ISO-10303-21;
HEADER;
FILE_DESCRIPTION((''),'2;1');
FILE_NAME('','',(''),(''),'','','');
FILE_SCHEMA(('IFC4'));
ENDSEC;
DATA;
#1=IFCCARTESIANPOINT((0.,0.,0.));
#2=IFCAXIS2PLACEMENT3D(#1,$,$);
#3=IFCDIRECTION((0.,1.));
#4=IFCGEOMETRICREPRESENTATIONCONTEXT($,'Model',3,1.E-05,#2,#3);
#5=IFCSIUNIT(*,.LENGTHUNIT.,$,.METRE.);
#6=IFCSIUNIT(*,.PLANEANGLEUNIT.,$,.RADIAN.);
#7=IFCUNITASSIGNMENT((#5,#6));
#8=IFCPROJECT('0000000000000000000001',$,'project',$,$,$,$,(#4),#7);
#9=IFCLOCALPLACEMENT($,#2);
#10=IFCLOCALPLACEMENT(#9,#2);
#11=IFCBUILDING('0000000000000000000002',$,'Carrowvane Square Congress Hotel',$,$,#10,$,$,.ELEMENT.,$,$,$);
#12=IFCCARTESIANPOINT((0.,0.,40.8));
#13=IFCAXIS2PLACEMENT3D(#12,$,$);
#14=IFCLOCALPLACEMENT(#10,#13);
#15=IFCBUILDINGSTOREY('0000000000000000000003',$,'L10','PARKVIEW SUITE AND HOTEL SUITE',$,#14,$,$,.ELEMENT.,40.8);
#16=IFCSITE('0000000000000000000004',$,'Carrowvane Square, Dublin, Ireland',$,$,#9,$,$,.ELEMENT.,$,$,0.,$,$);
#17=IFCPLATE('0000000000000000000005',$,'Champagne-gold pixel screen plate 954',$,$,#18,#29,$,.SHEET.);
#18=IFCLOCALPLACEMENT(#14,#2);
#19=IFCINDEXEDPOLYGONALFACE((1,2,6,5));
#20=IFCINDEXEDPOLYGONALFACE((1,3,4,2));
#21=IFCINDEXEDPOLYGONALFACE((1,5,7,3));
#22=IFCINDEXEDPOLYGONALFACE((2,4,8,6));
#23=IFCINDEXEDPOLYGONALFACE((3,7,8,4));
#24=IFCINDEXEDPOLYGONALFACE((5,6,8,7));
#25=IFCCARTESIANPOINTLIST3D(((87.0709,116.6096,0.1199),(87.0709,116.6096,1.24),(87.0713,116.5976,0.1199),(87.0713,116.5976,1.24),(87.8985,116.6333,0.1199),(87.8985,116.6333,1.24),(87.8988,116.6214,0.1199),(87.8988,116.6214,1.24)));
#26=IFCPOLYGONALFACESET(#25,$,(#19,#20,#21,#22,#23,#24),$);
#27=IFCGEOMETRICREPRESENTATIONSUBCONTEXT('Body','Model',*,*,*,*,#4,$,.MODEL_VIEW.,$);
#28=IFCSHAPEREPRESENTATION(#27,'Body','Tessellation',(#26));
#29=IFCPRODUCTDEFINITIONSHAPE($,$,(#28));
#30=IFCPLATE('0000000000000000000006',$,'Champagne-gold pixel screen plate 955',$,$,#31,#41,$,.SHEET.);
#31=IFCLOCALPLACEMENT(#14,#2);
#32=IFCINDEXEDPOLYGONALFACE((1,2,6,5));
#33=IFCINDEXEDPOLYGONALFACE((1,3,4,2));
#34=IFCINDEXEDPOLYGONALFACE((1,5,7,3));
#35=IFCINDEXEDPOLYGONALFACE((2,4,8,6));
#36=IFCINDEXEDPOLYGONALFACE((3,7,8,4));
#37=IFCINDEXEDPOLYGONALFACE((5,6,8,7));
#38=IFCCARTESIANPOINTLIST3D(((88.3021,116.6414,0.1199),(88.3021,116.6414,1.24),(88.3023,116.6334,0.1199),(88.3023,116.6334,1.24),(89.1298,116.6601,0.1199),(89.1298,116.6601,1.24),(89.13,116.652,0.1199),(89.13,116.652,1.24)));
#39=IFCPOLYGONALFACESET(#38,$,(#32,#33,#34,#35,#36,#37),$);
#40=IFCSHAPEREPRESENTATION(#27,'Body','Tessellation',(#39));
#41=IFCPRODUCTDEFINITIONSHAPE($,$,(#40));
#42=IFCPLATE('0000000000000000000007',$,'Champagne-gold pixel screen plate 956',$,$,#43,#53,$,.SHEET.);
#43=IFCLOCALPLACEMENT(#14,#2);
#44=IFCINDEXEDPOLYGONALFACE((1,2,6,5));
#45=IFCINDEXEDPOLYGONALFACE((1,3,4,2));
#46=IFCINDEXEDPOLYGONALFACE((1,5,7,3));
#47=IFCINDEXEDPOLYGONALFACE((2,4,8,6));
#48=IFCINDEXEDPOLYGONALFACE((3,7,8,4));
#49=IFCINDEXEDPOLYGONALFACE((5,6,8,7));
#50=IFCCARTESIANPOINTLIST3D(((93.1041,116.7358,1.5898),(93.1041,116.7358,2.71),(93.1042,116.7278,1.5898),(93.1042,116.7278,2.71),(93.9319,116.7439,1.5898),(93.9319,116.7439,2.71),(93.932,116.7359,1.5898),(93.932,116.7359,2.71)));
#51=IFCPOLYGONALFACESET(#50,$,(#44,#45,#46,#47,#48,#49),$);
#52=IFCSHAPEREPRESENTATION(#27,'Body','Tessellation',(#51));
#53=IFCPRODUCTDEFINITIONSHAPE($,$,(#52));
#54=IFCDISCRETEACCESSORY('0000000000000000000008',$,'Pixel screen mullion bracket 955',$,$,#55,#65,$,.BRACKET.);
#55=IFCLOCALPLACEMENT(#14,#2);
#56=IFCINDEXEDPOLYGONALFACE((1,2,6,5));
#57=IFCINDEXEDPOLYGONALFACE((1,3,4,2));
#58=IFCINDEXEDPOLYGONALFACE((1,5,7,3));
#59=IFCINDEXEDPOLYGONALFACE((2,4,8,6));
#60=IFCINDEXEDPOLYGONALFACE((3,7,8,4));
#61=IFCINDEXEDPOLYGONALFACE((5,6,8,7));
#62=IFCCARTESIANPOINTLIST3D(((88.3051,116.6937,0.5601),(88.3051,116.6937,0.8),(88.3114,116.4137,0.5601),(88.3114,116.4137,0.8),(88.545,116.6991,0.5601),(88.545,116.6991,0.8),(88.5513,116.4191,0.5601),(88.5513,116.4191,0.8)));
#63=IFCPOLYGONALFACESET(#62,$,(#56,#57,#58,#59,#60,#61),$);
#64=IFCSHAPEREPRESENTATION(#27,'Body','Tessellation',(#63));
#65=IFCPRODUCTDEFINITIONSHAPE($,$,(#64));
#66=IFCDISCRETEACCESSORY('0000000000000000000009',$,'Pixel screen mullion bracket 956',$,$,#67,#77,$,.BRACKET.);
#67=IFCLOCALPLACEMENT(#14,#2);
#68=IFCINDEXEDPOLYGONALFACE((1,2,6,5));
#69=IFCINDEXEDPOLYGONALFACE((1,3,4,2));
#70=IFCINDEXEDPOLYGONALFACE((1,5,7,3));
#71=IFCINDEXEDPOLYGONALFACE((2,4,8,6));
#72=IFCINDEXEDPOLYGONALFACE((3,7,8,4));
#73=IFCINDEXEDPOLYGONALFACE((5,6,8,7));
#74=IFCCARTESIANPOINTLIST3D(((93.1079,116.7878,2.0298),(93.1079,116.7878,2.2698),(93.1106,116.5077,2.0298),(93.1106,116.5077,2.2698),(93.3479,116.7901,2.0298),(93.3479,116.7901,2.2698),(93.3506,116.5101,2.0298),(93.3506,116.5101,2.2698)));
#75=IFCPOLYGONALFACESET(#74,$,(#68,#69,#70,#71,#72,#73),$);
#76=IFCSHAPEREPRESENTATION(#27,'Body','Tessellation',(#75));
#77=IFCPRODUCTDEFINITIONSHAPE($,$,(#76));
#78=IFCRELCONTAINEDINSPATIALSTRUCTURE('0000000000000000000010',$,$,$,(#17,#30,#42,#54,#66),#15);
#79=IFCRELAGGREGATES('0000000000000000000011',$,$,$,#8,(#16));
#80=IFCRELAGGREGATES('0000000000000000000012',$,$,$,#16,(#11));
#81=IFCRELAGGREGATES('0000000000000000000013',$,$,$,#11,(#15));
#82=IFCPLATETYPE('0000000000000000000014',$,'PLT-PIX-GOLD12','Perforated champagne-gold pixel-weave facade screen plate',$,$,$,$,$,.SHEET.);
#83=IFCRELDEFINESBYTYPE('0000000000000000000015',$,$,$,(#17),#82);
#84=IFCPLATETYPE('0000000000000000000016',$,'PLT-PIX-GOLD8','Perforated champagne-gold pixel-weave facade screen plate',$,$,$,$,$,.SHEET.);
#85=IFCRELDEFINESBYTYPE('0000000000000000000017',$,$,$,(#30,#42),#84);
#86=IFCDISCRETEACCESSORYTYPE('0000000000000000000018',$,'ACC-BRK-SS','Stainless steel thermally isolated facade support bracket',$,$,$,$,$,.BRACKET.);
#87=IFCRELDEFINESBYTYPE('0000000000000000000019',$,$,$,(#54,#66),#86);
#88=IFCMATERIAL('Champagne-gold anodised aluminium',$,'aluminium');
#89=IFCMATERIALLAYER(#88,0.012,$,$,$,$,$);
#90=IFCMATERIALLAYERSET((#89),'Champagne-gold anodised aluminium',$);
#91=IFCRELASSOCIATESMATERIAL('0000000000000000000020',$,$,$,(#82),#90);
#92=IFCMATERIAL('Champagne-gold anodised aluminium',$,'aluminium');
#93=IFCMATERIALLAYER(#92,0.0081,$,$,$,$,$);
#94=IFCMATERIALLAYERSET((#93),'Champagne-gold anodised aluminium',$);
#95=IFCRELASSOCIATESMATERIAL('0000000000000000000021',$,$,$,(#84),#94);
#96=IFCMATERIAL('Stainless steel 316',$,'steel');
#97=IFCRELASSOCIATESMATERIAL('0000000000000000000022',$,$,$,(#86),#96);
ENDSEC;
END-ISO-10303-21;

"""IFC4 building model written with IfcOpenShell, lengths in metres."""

from ifc_helpers import new_model, si_unit, direction, frame, origin, origin_2d, place, context, subcontext, project, spatial, rectangle, extrude, material, layer, layer_set, type_object, element, save


model = new_model("IFC4")

# Units and contexts
model_context = context("Model", 3, precision=1e-05, world=origin(), true_north=direction((0.0, 1.0)))
body_context = subcontext(model_context, "Body", "Model", "MODEL_VIEW")
ifc_project = project(units=[si_unit("LENGTHUNIT", "METRE"), si_unit("PLANEANGLEUNIT", "RADIAN")], contexts=[model_context])

# Site, building, storey
site_placement = place(None, origin())
site = spatial("IfcSite", under=ifc_project, at=site_placement, Name="Carrowvane Square, Dublin, Ireland", CompositionType="ELEMENT", RefElevation=0.0)
building_placement = place(site_placement, origin())
building = spatial("IfcBuilding", under=site, at=building_placement, Name="Carrowvane Square Congress Hotel", CompositionType="ELEMENT")
storey_placement = place(building_placement, frame((0.0, 0.0, 40.8)))
storey = spatial("IfcBuildingStorey", under=building, at=storey_placement, Name="L10", Description="PARKVIEW SUITE AND HOTEL SUITE", CompositionType="ELEMENT", Elevation=40.8)

# Plates
ifc_material_1 = material(Name="Champagne-gold anodised aluminium", Category="aluminium")
ifc_layer_1 = layer(ifc_material_1, 0.012)
ifc_layer_set_1 = layer_set([ifc_layer_1], Name="Champagne-gold anodised aluminium")
plate_type_1 = type_object("IfcPlateType", Name="PLT-PIX-GOLD12", Description="Perforated champagne-gold pixel-weave facade screen plate", PredefinedType="SHEET", material=ifc_layer_set_1)
plate_1_placement = place(storey_placement, frame((87.4849, 116.6155, 0.1199), z_axis=(0.0, 0.0, 1.0), x_axis=(0.99959, 0.028639, 0.0)))
element("IfcPlate", 1, at=plate_1_placement, inside=storey, type_object=plate_type_1, Name="Champagne-gold pixel screen plate 954", PredefinedType="SHEET", context=body_context, shape_type="SweptSolid", body=[
    extrude(rectangle(XDim=0.8279, YDim=0.012, at=origin_2d()), origin(), (0.0, 0.0, 1.0), 1.1201),
])
ifc_material_2 = material(Name="Champagne-gold anodised aluminium", Category="aluminium")
ifc_layer_2 = layer(ifc_material_2, 0.0081)
ifc_layer_set_2 = layer_set([ifc_layer_2], Name="Champagne-gold anodised aluminium")
plate_type_2 = type_object("IfcPlateType", Name="PLT-PIX-GOLD8", Description="Perforated champagne-gold pixel-weave facade screen plate", PredefinedType="SHEET", material=ifc_layer_set_2)
for number, where, z_axis, x_axis, name in (
    (2, (88.7161, 116.6467, 0.1199), (0.0, 0.0, 1.0), (0.999746, 0.022519, 0.0), "Champagne-gold pixel screen plate 955"),
    (3, (93.5181, 116.7358, 1.5898), (0.0, 0.0, 1.0), (0.999952, 0.009782, 0.0), "Champagne-gold pixel screen plate 956"),
):
    element("IfcPlate", number, at=place(storey_placement, frame(where, z_axis=z_axis, x_axis=x_axis)), inside=storey, type_object=plate_type_2, Name=name, PredefinedType="SHEET", context=body_context, shape_type="SweptSolid", body=[
        extrude(rectangle(XDim=0.8279, YDim=0.0081, at=origin_2d()), origin(), (0.0, 0.0, 1.0), 1.1201),
    ])

# Discrete accessories
ifc_material_3 = material(Name="Stainless steel 316", Category="steel")
discrete_accessory_type = type_object("IfcDiscreteAccessoryType", Name="ACC-BRK-SS", Description="Stainless steel thermally isolated facade support bracket", PredefinedType="BRACKET", material=ifc_material_3)
for number, where, z_axis, x_axis, name in (
    (4, (88.4282, 116.5564, 0.5601), (0.0, 0.0, 1.0), (0.999746, 0.022519, 0.0), "Pixel screen mullion bracket 955"),
    (5, (93.2292, 116.6489, 2.0298), (0.0, 0.0, 1.0), (0.999952, 0.009782, 0.0), "Pixel screen mullion bracket 956"),
):
    element("IfcDiscreteAccessory", number, at=place(storey_placement, frame(where, z_axis=z_axis, x_axis=x_axis)), inside=storey, type_object=discrete_accessory_type, Name=name, PredefinedType="BRACKET", context=body_context, shape_type="SweptSolid", body=[
        extrude(rectangle(XDim=0.24, YDim=0.28, at=origin_2d()), origin(), (0.0, 0.0, 1.0), 0.24),
    ])

save(model, "model.ifc")
